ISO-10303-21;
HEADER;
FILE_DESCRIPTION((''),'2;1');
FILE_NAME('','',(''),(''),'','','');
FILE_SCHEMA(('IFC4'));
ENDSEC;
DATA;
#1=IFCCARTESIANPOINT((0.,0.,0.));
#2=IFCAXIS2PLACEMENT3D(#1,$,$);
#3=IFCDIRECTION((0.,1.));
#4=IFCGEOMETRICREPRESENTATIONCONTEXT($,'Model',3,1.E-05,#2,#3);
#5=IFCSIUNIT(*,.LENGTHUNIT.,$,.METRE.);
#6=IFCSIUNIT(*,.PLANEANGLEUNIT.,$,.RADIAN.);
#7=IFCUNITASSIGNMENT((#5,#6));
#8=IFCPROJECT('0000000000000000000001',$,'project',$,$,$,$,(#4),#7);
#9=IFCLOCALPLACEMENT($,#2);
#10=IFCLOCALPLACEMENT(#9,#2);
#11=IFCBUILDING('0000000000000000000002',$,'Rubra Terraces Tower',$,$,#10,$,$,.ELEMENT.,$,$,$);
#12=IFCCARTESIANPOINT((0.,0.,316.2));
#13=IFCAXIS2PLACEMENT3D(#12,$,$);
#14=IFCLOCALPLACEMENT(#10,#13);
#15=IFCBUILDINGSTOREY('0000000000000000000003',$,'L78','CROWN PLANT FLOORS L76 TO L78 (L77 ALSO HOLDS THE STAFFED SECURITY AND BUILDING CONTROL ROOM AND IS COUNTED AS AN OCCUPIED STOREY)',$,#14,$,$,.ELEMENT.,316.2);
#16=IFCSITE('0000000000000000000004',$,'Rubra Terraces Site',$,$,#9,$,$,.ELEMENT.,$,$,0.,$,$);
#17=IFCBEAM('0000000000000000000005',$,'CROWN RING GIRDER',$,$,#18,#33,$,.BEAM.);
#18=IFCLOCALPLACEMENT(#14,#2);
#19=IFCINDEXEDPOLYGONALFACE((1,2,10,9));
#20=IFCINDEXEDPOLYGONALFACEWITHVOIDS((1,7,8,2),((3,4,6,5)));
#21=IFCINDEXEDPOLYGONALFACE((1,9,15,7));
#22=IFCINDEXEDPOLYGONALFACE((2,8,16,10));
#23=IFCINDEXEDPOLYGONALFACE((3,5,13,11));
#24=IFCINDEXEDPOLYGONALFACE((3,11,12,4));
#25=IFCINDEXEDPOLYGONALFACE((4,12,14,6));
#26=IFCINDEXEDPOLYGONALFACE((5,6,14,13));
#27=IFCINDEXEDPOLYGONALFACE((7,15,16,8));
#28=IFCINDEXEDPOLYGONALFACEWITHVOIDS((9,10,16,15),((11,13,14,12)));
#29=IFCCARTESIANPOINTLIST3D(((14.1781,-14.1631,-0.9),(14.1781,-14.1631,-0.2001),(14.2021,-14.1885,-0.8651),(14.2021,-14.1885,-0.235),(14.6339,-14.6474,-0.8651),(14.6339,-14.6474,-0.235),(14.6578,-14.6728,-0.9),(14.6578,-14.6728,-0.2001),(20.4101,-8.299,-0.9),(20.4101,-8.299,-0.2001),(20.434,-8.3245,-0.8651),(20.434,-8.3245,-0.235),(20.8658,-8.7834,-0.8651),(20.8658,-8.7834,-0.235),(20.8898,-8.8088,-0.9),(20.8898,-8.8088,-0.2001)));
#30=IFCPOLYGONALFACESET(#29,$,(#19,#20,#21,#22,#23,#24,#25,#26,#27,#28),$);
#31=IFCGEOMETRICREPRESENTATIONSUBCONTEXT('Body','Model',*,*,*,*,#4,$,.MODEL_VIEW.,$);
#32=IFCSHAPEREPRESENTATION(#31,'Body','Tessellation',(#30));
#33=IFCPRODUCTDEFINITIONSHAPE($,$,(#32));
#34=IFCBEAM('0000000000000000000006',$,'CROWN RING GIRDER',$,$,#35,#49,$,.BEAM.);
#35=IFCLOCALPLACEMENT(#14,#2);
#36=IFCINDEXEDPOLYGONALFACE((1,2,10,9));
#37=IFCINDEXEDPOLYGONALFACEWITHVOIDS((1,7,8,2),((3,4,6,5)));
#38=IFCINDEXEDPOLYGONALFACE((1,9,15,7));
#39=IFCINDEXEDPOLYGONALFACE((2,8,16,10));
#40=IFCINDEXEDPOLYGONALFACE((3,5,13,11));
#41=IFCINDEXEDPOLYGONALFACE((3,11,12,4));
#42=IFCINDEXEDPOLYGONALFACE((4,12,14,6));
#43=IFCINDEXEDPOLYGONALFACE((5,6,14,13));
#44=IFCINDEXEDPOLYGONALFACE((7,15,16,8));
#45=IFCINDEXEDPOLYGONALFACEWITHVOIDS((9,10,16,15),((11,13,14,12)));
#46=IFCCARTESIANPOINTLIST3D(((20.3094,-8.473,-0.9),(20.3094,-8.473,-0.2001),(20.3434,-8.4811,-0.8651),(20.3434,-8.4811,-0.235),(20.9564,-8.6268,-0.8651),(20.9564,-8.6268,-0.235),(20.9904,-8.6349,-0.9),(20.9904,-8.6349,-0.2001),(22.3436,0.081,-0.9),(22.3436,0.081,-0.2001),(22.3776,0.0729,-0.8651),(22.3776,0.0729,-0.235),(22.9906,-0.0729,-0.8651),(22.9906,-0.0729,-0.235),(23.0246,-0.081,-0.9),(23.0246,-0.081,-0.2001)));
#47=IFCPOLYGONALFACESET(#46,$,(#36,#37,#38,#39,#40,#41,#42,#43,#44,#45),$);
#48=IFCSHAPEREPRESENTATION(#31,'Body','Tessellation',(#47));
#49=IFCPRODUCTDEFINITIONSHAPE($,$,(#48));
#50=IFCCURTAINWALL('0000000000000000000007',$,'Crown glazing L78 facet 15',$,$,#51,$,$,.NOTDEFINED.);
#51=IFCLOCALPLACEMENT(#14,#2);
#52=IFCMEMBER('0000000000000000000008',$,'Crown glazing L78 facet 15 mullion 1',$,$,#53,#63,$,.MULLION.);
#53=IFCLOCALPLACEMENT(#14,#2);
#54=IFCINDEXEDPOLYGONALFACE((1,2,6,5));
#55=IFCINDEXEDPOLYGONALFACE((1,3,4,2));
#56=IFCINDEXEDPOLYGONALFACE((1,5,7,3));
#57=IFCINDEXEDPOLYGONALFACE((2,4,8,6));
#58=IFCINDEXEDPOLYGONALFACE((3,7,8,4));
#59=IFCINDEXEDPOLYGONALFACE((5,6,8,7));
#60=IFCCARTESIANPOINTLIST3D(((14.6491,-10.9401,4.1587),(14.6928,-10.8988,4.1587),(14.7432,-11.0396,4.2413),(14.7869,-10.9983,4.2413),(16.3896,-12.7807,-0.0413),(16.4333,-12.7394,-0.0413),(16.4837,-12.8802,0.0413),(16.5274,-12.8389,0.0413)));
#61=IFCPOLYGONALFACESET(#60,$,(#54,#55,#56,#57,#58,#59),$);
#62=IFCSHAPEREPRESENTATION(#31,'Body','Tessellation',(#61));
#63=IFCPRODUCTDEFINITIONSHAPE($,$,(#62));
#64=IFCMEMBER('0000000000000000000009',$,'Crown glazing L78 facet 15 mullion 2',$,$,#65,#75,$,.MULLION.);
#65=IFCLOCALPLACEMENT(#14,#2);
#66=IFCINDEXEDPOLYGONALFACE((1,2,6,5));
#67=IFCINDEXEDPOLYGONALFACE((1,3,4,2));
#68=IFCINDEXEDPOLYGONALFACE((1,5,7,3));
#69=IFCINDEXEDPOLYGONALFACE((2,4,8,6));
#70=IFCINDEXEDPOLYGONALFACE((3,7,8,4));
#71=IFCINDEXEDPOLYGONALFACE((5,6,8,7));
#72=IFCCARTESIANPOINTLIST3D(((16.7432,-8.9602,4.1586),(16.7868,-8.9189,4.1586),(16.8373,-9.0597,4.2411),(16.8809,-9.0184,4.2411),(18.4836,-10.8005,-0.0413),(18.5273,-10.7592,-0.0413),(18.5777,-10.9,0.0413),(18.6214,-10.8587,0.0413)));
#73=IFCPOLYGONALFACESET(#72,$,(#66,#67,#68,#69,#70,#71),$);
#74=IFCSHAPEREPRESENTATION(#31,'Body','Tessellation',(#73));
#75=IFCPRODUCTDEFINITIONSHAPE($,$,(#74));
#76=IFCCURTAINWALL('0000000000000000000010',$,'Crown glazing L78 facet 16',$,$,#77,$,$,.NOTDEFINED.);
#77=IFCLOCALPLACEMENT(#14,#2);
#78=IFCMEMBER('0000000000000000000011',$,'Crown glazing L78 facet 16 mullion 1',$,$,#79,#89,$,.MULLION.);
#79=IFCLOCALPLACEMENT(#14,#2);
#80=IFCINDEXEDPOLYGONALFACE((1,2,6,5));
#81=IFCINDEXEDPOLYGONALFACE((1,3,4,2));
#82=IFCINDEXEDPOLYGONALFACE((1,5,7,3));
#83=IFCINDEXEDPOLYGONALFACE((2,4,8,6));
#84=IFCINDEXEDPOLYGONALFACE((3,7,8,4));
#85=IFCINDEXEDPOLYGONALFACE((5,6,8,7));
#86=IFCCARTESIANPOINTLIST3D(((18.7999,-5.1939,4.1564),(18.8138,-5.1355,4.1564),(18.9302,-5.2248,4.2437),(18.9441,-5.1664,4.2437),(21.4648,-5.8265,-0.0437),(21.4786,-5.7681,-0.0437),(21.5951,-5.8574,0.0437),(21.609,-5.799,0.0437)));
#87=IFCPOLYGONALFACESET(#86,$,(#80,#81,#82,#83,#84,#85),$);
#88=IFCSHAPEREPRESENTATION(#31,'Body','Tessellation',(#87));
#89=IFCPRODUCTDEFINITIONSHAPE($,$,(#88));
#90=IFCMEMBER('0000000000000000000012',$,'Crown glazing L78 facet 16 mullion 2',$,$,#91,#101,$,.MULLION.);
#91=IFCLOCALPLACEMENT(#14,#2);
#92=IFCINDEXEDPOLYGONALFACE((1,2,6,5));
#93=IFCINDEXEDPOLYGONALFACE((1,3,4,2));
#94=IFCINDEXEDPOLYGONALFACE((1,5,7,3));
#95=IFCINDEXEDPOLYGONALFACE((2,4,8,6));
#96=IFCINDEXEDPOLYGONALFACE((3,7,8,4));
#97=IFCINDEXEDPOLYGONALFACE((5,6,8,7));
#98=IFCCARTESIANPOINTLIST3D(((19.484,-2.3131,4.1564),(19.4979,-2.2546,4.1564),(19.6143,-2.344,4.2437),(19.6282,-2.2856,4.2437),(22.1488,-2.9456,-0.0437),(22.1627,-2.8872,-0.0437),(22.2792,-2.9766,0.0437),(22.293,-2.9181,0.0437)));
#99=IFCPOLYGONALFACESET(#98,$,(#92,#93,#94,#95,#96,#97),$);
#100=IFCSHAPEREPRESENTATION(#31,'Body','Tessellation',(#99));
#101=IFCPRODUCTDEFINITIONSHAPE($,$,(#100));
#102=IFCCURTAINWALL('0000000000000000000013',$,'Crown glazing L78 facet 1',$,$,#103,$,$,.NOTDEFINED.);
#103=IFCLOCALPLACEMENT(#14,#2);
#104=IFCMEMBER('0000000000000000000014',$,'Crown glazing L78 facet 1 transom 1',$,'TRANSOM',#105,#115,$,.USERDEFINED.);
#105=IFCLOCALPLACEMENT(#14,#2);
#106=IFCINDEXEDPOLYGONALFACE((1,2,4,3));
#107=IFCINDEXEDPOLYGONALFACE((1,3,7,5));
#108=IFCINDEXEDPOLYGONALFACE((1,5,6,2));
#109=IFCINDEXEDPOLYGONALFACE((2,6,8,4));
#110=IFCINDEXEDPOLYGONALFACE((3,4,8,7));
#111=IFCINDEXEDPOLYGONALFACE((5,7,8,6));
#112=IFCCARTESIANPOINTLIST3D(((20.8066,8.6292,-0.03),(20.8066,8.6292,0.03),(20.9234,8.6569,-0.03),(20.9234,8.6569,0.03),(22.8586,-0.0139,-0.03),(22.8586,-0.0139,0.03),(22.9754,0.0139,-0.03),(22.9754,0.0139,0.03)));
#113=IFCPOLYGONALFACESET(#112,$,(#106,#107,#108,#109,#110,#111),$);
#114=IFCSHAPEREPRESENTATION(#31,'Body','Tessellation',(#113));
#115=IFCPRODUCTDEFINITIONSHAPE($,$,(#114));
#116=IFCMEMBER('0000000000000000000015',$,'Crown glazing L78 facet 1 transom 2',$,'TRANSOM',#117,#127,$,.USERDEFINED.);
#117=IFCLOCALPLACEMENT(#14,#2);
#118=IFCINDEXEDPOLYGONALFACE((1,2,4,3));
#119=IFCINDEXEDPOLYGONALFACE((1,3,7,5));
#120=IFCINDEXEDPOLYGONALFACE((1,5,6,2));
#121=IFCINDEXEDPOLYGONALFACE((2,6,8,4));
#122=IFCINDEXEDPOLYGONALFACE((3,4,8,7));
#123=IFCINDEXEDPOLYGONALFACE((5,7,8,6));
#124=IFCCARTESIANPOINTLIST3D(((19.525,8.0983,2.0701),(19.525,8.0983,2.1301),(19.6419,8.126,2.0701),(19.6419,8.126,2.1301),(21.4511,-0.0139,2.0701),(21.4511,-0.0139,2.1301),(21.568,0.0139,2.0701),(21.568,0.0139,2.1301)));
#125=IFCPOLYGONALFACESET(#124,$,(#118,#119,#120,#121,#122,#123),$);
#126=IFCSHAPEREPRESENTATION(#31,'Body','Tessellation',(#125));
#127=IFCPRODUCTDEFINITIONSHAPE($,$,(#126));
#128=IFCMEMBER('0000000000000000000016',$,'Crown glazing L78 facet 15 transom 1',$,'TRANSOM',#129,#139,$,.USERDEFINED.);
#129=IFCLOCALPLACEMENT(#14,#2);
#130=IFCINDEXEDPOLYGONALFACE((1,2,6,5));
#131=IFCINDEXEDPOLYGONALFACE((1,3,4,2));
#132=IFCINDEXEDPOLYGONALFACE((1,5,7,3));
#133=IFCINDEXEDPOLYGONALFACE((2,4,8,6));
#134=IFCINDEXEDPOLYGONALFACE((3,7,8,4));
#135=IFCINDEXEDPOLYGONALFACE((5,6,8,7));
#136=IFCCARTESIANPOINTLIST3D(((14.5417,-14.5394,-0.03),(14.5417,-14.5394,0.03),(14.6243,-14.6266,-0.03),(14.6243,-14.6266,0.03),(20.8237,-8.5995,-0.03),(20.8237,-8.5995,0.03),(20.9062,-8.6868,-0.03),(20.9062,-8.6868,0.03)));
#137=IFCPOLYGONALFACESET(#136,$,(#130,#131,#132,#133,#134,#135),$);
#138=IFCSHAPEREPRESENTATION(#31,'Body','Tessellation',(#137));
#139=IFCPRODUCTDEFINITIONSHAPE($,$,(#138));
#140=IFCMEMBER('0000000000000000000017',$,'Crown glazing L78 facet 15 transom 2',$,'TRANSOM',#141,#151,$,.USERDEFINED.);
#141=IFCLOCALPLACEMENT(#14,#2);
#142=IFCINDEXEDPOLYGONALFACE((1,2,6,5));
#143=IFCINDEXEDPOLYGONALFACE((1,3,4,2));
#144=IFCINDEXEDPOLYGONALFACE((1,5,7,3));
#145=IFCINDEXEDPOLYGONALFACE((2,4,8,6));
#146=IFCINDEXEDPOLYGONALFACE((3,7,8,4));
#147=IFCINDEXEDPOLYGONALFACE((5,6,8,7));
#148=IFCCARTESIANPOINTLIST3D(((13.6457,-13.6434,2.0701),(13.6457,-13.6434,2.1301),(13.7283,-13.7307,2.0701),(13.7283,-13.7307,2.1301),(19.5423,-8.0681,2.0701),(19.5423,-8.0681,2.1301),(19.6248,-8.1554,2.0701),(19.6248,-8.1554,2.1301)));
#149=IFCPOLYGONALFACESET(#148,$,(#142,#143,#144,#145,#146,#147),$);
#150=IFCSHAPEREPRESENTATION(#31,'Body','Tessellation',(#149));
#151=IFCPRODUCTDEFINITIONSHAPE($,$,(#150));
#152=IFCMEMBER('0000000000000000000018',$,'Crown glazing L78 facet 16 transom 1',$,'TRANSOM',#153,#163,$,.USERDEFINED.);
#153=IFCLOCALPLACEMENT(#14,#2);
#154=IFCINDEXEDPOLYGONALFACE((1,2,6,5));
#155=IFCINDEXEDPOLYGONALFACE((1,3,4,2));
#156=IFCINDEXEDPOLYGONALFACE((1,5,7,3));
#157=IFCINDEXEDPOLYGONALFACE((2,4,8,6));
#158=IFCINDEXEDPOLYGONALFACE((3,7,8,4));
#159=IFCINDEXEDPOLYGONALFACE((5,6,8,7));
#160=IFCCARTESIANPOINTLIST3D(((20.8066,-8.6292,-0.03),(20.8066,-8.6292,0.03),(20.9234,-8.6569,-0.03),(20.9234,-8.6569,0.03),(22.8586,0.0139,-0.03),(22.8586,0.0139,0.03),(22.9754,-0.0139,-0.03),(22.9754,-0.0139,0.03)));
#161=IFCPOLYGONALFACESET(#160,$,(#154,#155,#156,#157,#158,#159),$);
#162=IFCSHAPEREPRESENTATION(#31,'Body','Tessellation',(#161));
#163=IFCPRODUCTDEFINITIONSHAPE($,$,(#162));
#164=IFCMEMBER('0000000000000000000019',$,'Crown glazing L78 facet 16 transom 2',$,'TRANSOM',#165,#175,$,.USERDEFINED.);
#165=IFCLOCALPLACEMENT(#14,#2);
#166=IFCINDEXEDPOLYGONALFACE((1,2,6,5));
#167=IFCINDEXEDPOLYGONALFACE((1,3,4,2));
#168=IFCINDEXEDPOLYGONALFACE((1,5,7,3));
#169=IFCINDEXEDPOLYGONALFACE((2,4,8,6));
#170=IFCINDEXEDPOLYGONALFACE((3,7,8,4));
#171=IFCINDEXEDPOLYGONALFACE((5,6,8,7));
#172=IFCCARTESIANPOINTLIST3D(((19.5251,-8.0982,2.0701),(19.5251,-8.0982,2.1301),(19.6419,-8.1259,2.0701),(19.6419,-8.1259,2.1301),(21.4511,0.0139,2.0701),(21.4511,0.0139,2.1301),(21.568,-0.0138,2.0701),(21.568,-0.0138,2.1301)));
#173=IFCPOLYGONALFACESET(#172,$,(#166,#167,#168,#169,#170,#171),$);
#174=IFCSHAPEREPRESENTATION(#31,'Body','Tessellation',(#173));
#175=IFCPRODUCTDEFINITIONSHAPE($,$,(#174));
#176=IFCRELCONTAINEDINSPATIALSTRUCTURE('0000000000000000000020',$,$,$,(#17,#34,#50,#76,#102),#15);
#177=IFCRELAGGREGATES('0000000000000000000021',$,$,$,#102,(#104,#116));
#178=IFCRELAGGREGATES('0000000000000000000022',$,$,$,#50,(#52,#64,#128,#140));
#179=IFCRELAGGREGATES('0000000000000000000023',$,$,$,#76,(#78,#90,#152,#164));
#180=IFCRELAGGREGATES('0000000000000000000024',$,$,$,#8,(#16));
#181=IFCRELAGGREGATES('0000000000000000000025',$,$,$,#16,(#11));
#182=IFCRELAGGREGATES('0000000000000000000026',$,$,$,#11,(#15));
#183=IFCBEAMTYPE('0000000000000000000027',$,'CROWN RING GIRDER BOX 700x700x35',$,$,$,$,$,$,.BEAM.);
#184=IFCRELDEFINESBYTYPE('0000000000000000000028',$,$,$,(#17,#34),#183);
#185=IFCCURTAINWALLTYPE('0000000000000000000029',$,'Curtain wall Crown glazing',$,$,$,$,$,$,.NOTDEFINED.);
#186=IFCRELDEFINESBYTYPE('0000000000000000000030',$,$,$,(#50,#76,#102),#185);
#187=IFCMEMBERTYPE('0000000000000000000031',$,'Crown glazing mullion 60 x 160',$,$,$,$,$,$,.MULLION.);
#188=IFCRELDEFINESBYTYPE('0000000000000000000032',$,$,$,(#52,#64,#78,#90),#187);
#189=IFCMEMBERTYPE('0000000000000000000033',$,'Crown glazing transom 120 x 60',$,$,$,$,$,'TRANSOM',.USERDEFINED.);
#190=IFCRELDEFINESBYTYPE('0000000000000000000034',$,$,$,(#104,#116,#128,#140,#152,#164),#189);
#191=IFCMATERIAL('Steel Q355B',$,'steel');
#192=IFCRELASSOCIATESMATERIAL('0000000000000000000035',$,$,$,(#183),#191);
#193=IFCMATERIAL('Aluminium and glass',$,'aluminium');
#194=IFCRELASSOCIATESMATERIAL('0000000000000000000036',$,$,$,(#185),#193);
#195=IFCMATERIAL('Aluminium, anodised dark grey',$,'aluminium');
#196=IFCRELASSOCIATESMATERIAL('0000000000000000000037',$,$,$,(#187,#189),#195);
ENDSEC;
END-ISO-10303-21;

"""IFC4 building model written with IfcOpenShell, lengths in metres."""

from ifc_helpers import new_model, si_unit, direction, frame, origin, origin_2d, place, context, subcontext, project, spatial, rectangle, hollow_rectangle, extrude, material, material_profile, profile_set, type_object, element, aggregate, save


model = new_model("IFC4")

# Units and contexts
model_context = context("Model", 3, precision=1e-05, world=origin(), true_north=direction((0.0, 1.0)))
body_context = subcontext(model_context, "Body", "Model", "MODEL_VIEW")
ifc_project = project(units=[si_unit("LENGTHUNIT", "METRE"), si_unit("PLANEANGLEUNIT", "RADIAN")], contexts=[model_context])

# Site, building, storey
site_placement = place(None, origin())
site = spatial("IfcSite", under=ifc_project, at=site_placement, Name="Rubra Terraces Site", CompositionType="ELEMENT", RefElevation=0.0)
building_placement = place(site_placement, origin())
building = spatial("IfcBuilding", under=site, at=building_placement, Name="Rubra Terraces Tower", CompositionType="ELEMENT")
storey_placement = place(building_placement, frame((0.0, 0.0, 316.2)))
storey = spatial("IfcBuildingStorey", under=building, at=storey_placement, Name="L78", Description="CROWN PLANT FLOORS L76 TO L78 (L77 ALSO HOLDS THE STAFFED SECURITY AND BUILDING CONTROL ROOM AND IS COUNTED AS AN OCCUPIED STOREY)", CompositionType="ELEMENT", Elevation=316.2)

# Shared definitions
ifc_material_1 = material(Name="Steel Q355B", Category="steel")

# Beams
ifc_material_profile_1 = material_profile(ifc_material_1, hollow_rectangle(XDim=0.7, YDim=0.7, WallThickness=0.0349, at=origin_2d()), Name="BOX 700x700x35")
ifc_profile_set_1 = profile_set([ifc_material_profile_1], Name="Steel Q355B")
beam_type_1 = type_object("IfcBeamType", Name="CROWN RING GIRDER BOX 700x700x35", PredefinedType="BEAM", material=ifc_profile_set_1)
beam_1_placement = place(storey_placement, frame((14.418, -14.418, -0.55), z_axis=(0.728278, 0.685282, 0.0), x_axis=(-0.685282, 0.728278, 0.0)))
element("IfcBeam", 1, at=beam_1_placement, inside=storey, type_object=beam_type_1, Name="CROWN RING GIRDER", PredefinedType="BEAM", context=body_context, shape_type="SweptSolid", body=[
    extrude(hollow_rectangle(XDim=0.7, YDim=0.7, WallThickness=0.0349, at=origin_2d()), origin(), (0.0, 0.0, 1.0), 8.5571),
])
beam_2_placement = place(storey_placement, frame((20.6499, -8.554, -0.55), z_axis=(0.231354, 0.97287, 0.0), x_axis=(-0.97287, 0.231354, 0.0)))
element("IfcBeam", 2, at=beam_2_placement, inside=storey, type_object=beam_type_1, Name="CROWN RING GIRDER", PredefinedType="BEAM", context=body_context, shape_type="SweptSolid", body=[
    extrude(hollow_rectangle(XDim=0.7, YDim=0.7, WallThickness=0.0349, at=origin_2d()), origin(), (0.0, 0.0, 1.0), 8.7925),
])

# Curtain walls, members
ifc_material_2 = material(Name="Aluminium and glass", Category="aluminium")
curtain_wall_type = type_object("IfcCurtainWallType", Name="Curtain wall Crown glazing", PredefinedType="NOTDEFINED", material=ifc_material_2)
curtain_wall_1_placement = place(storey_placement, origin())
curtain_wall_1 = element("IfcCurtainWall", 3, at=curtain_wall_1_placement, inside=storey, type_object=curtain_wall_type, Name="Crown glazing L78 facet 15", PredefinedType="NOTDEFINED")
ifc_material_3 = material(Name="Aluminium, anodised dark grey", Category="aluminium")
ifc_material_profile_2 = material_profile(ifc_material_3, rectangle(XDim=0.0601, YDim=0.1599, at=origin_2d()), Name="AL 60x160")
ifc_profile_set_2 = profile_set([ifc_material_profile_2], Name="Aluminium, anodised dark grey")
member_type_1 = type_object("IfcMemberType", Name="Crown glazing mullion 60 x 160", PredefinedType="MULLION", material=ifc_profile_set_2)
member_1_placement = place(storey_placement, frame((16.4585, -12.8098, 0.0), z_axis=(-0.354856, 0.375264, 0.856303), x_axis=(-0.726588, -0.687073, 0.0)))
member_1 = element("IfcMember", 4, at=member_1_placement, type_object=member_type_1, Name="Crown glazing L78 facet 15 mullion 1", PredefinedType="MULLION", context=body_context, shape_type="SweptSolid", body=[
    extrude(rectangle(XDim=0.0601, YDim=0.1599, at=origin_2d()), origin(), (0.0, 0.0, 1.0), 4.9048),
])
member_2_placement = place(storey_placement, frame((18.5525, -10.8296, 0.0), z_axis=(-0.354862, 0.375221, 0.856319), x_axis=(-0.726543, -0.687121, 0.0)))
member_2 = element("IfcMember", 5, at=member_2_placement, type_object=member_type_1, Name="Crown glazing L78 facet 15 mullion 2", PredefinedType="MULLION", context=body_context, shape_type="SweptSolid", body=[
    extrude(rectangle(XDim=0.0601, YDim=0.1599, at=origin_2d()), origin(), (0.0, 0.0, 1.0), 4.9045),
])
curtain_wall_2_placement = place(storey_placement, origin())
curtain_wall_2 = element("IfcCurtainWall", 6, at=curtain_wall_2_placement, inside=storey, type_object=curtain_wall_type, Name="Crown glazing L78 facet 16", PredefinedType="NOTDEFINED")
member_3_placement = place(storey_placement, frame((21.5369, -5.8127, 0.0), z_axis=(-0.531464, 0.126159, 0.837634), x_axis=(-0.230962, -0.972963, 0.0)))
member_3 = element("IfcMember", 7, at=member_3_placement, type_object=member_type_1, Name="Crown glazing L78 facet 16 mullion 1", PredefinedType="MULLION", context=body_context, shape_type="SweptSolid", body=[
    extrude(rectangle(XDim=0.0601, YDim=0.1599, at=origin_2d()), origin(), (0.0, 0.0, 1.0), 5.0142),
])
member_4_placement = place(storey_placement, frame((22.2209, -2.9319, 0.0), z_axis=(-0.531464, 0.126159, 0.837634), x_axis=(-0.230962, -0.972963, 0.0)))
member_4 = element("IfcMember", 8, at=member_4_placement, type_object=member_type_1, Name="Crown glazing L78 facet 16 mullion 2", PredefinedType="MULLION", context=body_context, shape_type="SweptSolid", body=[
    extrude(rectangle(XDim=0.0601, YDim=0.1599, at=origin_2d()), origin(), (0.0, 0.0, 1.0), 5.0142),
])
curtain_wall_3_placement = place(storey_placement, origin())
curtain_wall_3 = element("IfcCurtainWall", 9, at=curtain_wall_3_placement, inside=storey, type_object=curtain_wall_type, Name="Crown glazing L78 facet 1", PredefinedType="NOTDEFINED")
ifc_material_profile_3 = material_profile(ifc_material_3, rectangle(XDim=0.1201, YDim=0.0601, at=origin_2d()), Name="AL 120x60")
ifc_profile_set_3 = profile_set([ifc_material_profile_3], Name="Aluminium, anodised dark grey")
member_type_2 = type_object("IfcMemberType", Name="Crown glazing transom 120 x 60", ElementType="TRANSOM", PredefinedType="USERDEFINED", material=ifc_profile_set_3)
member_5_placement = place(storey_placement, frame((22.917, 0.0, 0.0), z_axis=(-0.230995, 0.972955, 0.0), x_axis=(-0.972955, -0.230995, 0.0)))
member_5 = element("IfcMember", 10, at=member_5_placement, type_object=member_type_2, Name="Crown glazing L78 facet 1 transom 1", ObjectType="TRANSOM", PredefinedType="USERDEFINED", context=body_context, shape_type="SweptSolid", body=[
    extrude(rectangle(XDim=0.1201, YDim=0.0601, at=origin_2d()), origin(), (0.0, 0.0, 1.0), 8.8833),
])
member_6_placement = place(storey_placement, frame((21.5095, 0.0, 2.1001), z_axis=(-0.231006, 0.972952, 0.0), x_axis=(-0.972952, -0.231006, 0.0)))
member_6 = element("IfcMember", 11, at=member_6_placement, type_object=member_type_2, Name="Crown glazing L78 facet 1 transom 2", ObjectType="TRANSOM", PredefinedType="USERDEFINED", context=body_context, shape_type="SweptSolid", body=[
    extrude(rectangle(XDim=0.1201, YDim=0.0601, at=origin_2d()), origin(), (0.0, 0.0, 1.0), 8.3376),
])

# Members
member_7_placement = place(storey_placement, frame((14.583, -14.583, 0.0), z_axis=(0.726611, 0.687049, 0.0), x_axis=(-0.687049, 0.726611, 0.0)))
member_7 = element("IfcMember", 12, at=member_7_placement, type_object=member_type_2, Name="Crown glazing L78 facet 15 transom 1", ObjectType="TRANSOM", PredefinedType="USERDEFINED", context=body_context, shape_type="SweptSolid", body=[
    extrude(rectangle(XDim=0.1201, YDim=0.0601, at=origin_2d()), origin(), (0.0, 0.0, 1.0), 8.6455),
])
member_8_placement = place(storey_placement, frame((13.687, -13.687, 2.1001), z_axis=(0.726626, 0.687033, 0.0), x_axis=(-0.687033, 0.726626, 0.0)))
member_8 = element("IfcMember", 13, at=member_8_placement, type_object=member_type_2, Name="Crown glazing L78 facet 15 transom 2", ObjectType="TRANSOM", PredefinedType="USERDEFINED", context=body_context, shape_type="SweptSolid", body=[
    extrude(rectangle(XDim=0.1201, YDim=0.0601, at=origin_2d()), origin(), (0.0, 0.0, 1.0), 8.115),
])
member_9_placement = place(storey_placement, frame((20.865, -8.6431, 0.0), z_axis=(0.230995, 0.972955, 0.0), x_axis=(-0.972955, 0.230995, 0.0)))
member_9 = element("IfcMember", 14, at=member_9_placement, type_object=member_type_2, Name="Crown glazing L78 facet 16 transom 1", ObjectType="TRANSOM", PredefinedType="USERDEFINED", context=body_context, shape_type="SweptSolid", body=[
    extrude(rectangle(XDim=0.1201, YDim=0.0601, at=origin_2d()), origin(), (0.0, 0.0, 1.0), 8.8833),
])
member_10_placement = place(storey_placement, frame((19.5835, -8.1121, 2.1001), z_axis=(0.231006, 0.972952, 0.0), x_axis=(-0.972952, 0.231006, 0.0)))
member_10 = element("IfcMember", 15, at=member_10_placement, type_object=member_type_2, Name="Crown glazing L78 facet 16 transom 2", ObjectType="TRANSOM", PredefinedType="USERDEFINED", context=body_context, shape_type="SweptSolid", body=[
    extrude(rectangle(XDim=0.1201, YDim=0.0601, at=origin_2d()), origin(), (0.0, 0.0, 1.0), 8.3376),
])

aggregate(curtain_wall_3, [member_5, member_6])
aggregate(curtain_wall_1, [member_1, member_2, member_7, member_8])
aggregate(curtain_wall_2, [member_3, member_4, member_9, member_10])

save(model, "model.ifc")
